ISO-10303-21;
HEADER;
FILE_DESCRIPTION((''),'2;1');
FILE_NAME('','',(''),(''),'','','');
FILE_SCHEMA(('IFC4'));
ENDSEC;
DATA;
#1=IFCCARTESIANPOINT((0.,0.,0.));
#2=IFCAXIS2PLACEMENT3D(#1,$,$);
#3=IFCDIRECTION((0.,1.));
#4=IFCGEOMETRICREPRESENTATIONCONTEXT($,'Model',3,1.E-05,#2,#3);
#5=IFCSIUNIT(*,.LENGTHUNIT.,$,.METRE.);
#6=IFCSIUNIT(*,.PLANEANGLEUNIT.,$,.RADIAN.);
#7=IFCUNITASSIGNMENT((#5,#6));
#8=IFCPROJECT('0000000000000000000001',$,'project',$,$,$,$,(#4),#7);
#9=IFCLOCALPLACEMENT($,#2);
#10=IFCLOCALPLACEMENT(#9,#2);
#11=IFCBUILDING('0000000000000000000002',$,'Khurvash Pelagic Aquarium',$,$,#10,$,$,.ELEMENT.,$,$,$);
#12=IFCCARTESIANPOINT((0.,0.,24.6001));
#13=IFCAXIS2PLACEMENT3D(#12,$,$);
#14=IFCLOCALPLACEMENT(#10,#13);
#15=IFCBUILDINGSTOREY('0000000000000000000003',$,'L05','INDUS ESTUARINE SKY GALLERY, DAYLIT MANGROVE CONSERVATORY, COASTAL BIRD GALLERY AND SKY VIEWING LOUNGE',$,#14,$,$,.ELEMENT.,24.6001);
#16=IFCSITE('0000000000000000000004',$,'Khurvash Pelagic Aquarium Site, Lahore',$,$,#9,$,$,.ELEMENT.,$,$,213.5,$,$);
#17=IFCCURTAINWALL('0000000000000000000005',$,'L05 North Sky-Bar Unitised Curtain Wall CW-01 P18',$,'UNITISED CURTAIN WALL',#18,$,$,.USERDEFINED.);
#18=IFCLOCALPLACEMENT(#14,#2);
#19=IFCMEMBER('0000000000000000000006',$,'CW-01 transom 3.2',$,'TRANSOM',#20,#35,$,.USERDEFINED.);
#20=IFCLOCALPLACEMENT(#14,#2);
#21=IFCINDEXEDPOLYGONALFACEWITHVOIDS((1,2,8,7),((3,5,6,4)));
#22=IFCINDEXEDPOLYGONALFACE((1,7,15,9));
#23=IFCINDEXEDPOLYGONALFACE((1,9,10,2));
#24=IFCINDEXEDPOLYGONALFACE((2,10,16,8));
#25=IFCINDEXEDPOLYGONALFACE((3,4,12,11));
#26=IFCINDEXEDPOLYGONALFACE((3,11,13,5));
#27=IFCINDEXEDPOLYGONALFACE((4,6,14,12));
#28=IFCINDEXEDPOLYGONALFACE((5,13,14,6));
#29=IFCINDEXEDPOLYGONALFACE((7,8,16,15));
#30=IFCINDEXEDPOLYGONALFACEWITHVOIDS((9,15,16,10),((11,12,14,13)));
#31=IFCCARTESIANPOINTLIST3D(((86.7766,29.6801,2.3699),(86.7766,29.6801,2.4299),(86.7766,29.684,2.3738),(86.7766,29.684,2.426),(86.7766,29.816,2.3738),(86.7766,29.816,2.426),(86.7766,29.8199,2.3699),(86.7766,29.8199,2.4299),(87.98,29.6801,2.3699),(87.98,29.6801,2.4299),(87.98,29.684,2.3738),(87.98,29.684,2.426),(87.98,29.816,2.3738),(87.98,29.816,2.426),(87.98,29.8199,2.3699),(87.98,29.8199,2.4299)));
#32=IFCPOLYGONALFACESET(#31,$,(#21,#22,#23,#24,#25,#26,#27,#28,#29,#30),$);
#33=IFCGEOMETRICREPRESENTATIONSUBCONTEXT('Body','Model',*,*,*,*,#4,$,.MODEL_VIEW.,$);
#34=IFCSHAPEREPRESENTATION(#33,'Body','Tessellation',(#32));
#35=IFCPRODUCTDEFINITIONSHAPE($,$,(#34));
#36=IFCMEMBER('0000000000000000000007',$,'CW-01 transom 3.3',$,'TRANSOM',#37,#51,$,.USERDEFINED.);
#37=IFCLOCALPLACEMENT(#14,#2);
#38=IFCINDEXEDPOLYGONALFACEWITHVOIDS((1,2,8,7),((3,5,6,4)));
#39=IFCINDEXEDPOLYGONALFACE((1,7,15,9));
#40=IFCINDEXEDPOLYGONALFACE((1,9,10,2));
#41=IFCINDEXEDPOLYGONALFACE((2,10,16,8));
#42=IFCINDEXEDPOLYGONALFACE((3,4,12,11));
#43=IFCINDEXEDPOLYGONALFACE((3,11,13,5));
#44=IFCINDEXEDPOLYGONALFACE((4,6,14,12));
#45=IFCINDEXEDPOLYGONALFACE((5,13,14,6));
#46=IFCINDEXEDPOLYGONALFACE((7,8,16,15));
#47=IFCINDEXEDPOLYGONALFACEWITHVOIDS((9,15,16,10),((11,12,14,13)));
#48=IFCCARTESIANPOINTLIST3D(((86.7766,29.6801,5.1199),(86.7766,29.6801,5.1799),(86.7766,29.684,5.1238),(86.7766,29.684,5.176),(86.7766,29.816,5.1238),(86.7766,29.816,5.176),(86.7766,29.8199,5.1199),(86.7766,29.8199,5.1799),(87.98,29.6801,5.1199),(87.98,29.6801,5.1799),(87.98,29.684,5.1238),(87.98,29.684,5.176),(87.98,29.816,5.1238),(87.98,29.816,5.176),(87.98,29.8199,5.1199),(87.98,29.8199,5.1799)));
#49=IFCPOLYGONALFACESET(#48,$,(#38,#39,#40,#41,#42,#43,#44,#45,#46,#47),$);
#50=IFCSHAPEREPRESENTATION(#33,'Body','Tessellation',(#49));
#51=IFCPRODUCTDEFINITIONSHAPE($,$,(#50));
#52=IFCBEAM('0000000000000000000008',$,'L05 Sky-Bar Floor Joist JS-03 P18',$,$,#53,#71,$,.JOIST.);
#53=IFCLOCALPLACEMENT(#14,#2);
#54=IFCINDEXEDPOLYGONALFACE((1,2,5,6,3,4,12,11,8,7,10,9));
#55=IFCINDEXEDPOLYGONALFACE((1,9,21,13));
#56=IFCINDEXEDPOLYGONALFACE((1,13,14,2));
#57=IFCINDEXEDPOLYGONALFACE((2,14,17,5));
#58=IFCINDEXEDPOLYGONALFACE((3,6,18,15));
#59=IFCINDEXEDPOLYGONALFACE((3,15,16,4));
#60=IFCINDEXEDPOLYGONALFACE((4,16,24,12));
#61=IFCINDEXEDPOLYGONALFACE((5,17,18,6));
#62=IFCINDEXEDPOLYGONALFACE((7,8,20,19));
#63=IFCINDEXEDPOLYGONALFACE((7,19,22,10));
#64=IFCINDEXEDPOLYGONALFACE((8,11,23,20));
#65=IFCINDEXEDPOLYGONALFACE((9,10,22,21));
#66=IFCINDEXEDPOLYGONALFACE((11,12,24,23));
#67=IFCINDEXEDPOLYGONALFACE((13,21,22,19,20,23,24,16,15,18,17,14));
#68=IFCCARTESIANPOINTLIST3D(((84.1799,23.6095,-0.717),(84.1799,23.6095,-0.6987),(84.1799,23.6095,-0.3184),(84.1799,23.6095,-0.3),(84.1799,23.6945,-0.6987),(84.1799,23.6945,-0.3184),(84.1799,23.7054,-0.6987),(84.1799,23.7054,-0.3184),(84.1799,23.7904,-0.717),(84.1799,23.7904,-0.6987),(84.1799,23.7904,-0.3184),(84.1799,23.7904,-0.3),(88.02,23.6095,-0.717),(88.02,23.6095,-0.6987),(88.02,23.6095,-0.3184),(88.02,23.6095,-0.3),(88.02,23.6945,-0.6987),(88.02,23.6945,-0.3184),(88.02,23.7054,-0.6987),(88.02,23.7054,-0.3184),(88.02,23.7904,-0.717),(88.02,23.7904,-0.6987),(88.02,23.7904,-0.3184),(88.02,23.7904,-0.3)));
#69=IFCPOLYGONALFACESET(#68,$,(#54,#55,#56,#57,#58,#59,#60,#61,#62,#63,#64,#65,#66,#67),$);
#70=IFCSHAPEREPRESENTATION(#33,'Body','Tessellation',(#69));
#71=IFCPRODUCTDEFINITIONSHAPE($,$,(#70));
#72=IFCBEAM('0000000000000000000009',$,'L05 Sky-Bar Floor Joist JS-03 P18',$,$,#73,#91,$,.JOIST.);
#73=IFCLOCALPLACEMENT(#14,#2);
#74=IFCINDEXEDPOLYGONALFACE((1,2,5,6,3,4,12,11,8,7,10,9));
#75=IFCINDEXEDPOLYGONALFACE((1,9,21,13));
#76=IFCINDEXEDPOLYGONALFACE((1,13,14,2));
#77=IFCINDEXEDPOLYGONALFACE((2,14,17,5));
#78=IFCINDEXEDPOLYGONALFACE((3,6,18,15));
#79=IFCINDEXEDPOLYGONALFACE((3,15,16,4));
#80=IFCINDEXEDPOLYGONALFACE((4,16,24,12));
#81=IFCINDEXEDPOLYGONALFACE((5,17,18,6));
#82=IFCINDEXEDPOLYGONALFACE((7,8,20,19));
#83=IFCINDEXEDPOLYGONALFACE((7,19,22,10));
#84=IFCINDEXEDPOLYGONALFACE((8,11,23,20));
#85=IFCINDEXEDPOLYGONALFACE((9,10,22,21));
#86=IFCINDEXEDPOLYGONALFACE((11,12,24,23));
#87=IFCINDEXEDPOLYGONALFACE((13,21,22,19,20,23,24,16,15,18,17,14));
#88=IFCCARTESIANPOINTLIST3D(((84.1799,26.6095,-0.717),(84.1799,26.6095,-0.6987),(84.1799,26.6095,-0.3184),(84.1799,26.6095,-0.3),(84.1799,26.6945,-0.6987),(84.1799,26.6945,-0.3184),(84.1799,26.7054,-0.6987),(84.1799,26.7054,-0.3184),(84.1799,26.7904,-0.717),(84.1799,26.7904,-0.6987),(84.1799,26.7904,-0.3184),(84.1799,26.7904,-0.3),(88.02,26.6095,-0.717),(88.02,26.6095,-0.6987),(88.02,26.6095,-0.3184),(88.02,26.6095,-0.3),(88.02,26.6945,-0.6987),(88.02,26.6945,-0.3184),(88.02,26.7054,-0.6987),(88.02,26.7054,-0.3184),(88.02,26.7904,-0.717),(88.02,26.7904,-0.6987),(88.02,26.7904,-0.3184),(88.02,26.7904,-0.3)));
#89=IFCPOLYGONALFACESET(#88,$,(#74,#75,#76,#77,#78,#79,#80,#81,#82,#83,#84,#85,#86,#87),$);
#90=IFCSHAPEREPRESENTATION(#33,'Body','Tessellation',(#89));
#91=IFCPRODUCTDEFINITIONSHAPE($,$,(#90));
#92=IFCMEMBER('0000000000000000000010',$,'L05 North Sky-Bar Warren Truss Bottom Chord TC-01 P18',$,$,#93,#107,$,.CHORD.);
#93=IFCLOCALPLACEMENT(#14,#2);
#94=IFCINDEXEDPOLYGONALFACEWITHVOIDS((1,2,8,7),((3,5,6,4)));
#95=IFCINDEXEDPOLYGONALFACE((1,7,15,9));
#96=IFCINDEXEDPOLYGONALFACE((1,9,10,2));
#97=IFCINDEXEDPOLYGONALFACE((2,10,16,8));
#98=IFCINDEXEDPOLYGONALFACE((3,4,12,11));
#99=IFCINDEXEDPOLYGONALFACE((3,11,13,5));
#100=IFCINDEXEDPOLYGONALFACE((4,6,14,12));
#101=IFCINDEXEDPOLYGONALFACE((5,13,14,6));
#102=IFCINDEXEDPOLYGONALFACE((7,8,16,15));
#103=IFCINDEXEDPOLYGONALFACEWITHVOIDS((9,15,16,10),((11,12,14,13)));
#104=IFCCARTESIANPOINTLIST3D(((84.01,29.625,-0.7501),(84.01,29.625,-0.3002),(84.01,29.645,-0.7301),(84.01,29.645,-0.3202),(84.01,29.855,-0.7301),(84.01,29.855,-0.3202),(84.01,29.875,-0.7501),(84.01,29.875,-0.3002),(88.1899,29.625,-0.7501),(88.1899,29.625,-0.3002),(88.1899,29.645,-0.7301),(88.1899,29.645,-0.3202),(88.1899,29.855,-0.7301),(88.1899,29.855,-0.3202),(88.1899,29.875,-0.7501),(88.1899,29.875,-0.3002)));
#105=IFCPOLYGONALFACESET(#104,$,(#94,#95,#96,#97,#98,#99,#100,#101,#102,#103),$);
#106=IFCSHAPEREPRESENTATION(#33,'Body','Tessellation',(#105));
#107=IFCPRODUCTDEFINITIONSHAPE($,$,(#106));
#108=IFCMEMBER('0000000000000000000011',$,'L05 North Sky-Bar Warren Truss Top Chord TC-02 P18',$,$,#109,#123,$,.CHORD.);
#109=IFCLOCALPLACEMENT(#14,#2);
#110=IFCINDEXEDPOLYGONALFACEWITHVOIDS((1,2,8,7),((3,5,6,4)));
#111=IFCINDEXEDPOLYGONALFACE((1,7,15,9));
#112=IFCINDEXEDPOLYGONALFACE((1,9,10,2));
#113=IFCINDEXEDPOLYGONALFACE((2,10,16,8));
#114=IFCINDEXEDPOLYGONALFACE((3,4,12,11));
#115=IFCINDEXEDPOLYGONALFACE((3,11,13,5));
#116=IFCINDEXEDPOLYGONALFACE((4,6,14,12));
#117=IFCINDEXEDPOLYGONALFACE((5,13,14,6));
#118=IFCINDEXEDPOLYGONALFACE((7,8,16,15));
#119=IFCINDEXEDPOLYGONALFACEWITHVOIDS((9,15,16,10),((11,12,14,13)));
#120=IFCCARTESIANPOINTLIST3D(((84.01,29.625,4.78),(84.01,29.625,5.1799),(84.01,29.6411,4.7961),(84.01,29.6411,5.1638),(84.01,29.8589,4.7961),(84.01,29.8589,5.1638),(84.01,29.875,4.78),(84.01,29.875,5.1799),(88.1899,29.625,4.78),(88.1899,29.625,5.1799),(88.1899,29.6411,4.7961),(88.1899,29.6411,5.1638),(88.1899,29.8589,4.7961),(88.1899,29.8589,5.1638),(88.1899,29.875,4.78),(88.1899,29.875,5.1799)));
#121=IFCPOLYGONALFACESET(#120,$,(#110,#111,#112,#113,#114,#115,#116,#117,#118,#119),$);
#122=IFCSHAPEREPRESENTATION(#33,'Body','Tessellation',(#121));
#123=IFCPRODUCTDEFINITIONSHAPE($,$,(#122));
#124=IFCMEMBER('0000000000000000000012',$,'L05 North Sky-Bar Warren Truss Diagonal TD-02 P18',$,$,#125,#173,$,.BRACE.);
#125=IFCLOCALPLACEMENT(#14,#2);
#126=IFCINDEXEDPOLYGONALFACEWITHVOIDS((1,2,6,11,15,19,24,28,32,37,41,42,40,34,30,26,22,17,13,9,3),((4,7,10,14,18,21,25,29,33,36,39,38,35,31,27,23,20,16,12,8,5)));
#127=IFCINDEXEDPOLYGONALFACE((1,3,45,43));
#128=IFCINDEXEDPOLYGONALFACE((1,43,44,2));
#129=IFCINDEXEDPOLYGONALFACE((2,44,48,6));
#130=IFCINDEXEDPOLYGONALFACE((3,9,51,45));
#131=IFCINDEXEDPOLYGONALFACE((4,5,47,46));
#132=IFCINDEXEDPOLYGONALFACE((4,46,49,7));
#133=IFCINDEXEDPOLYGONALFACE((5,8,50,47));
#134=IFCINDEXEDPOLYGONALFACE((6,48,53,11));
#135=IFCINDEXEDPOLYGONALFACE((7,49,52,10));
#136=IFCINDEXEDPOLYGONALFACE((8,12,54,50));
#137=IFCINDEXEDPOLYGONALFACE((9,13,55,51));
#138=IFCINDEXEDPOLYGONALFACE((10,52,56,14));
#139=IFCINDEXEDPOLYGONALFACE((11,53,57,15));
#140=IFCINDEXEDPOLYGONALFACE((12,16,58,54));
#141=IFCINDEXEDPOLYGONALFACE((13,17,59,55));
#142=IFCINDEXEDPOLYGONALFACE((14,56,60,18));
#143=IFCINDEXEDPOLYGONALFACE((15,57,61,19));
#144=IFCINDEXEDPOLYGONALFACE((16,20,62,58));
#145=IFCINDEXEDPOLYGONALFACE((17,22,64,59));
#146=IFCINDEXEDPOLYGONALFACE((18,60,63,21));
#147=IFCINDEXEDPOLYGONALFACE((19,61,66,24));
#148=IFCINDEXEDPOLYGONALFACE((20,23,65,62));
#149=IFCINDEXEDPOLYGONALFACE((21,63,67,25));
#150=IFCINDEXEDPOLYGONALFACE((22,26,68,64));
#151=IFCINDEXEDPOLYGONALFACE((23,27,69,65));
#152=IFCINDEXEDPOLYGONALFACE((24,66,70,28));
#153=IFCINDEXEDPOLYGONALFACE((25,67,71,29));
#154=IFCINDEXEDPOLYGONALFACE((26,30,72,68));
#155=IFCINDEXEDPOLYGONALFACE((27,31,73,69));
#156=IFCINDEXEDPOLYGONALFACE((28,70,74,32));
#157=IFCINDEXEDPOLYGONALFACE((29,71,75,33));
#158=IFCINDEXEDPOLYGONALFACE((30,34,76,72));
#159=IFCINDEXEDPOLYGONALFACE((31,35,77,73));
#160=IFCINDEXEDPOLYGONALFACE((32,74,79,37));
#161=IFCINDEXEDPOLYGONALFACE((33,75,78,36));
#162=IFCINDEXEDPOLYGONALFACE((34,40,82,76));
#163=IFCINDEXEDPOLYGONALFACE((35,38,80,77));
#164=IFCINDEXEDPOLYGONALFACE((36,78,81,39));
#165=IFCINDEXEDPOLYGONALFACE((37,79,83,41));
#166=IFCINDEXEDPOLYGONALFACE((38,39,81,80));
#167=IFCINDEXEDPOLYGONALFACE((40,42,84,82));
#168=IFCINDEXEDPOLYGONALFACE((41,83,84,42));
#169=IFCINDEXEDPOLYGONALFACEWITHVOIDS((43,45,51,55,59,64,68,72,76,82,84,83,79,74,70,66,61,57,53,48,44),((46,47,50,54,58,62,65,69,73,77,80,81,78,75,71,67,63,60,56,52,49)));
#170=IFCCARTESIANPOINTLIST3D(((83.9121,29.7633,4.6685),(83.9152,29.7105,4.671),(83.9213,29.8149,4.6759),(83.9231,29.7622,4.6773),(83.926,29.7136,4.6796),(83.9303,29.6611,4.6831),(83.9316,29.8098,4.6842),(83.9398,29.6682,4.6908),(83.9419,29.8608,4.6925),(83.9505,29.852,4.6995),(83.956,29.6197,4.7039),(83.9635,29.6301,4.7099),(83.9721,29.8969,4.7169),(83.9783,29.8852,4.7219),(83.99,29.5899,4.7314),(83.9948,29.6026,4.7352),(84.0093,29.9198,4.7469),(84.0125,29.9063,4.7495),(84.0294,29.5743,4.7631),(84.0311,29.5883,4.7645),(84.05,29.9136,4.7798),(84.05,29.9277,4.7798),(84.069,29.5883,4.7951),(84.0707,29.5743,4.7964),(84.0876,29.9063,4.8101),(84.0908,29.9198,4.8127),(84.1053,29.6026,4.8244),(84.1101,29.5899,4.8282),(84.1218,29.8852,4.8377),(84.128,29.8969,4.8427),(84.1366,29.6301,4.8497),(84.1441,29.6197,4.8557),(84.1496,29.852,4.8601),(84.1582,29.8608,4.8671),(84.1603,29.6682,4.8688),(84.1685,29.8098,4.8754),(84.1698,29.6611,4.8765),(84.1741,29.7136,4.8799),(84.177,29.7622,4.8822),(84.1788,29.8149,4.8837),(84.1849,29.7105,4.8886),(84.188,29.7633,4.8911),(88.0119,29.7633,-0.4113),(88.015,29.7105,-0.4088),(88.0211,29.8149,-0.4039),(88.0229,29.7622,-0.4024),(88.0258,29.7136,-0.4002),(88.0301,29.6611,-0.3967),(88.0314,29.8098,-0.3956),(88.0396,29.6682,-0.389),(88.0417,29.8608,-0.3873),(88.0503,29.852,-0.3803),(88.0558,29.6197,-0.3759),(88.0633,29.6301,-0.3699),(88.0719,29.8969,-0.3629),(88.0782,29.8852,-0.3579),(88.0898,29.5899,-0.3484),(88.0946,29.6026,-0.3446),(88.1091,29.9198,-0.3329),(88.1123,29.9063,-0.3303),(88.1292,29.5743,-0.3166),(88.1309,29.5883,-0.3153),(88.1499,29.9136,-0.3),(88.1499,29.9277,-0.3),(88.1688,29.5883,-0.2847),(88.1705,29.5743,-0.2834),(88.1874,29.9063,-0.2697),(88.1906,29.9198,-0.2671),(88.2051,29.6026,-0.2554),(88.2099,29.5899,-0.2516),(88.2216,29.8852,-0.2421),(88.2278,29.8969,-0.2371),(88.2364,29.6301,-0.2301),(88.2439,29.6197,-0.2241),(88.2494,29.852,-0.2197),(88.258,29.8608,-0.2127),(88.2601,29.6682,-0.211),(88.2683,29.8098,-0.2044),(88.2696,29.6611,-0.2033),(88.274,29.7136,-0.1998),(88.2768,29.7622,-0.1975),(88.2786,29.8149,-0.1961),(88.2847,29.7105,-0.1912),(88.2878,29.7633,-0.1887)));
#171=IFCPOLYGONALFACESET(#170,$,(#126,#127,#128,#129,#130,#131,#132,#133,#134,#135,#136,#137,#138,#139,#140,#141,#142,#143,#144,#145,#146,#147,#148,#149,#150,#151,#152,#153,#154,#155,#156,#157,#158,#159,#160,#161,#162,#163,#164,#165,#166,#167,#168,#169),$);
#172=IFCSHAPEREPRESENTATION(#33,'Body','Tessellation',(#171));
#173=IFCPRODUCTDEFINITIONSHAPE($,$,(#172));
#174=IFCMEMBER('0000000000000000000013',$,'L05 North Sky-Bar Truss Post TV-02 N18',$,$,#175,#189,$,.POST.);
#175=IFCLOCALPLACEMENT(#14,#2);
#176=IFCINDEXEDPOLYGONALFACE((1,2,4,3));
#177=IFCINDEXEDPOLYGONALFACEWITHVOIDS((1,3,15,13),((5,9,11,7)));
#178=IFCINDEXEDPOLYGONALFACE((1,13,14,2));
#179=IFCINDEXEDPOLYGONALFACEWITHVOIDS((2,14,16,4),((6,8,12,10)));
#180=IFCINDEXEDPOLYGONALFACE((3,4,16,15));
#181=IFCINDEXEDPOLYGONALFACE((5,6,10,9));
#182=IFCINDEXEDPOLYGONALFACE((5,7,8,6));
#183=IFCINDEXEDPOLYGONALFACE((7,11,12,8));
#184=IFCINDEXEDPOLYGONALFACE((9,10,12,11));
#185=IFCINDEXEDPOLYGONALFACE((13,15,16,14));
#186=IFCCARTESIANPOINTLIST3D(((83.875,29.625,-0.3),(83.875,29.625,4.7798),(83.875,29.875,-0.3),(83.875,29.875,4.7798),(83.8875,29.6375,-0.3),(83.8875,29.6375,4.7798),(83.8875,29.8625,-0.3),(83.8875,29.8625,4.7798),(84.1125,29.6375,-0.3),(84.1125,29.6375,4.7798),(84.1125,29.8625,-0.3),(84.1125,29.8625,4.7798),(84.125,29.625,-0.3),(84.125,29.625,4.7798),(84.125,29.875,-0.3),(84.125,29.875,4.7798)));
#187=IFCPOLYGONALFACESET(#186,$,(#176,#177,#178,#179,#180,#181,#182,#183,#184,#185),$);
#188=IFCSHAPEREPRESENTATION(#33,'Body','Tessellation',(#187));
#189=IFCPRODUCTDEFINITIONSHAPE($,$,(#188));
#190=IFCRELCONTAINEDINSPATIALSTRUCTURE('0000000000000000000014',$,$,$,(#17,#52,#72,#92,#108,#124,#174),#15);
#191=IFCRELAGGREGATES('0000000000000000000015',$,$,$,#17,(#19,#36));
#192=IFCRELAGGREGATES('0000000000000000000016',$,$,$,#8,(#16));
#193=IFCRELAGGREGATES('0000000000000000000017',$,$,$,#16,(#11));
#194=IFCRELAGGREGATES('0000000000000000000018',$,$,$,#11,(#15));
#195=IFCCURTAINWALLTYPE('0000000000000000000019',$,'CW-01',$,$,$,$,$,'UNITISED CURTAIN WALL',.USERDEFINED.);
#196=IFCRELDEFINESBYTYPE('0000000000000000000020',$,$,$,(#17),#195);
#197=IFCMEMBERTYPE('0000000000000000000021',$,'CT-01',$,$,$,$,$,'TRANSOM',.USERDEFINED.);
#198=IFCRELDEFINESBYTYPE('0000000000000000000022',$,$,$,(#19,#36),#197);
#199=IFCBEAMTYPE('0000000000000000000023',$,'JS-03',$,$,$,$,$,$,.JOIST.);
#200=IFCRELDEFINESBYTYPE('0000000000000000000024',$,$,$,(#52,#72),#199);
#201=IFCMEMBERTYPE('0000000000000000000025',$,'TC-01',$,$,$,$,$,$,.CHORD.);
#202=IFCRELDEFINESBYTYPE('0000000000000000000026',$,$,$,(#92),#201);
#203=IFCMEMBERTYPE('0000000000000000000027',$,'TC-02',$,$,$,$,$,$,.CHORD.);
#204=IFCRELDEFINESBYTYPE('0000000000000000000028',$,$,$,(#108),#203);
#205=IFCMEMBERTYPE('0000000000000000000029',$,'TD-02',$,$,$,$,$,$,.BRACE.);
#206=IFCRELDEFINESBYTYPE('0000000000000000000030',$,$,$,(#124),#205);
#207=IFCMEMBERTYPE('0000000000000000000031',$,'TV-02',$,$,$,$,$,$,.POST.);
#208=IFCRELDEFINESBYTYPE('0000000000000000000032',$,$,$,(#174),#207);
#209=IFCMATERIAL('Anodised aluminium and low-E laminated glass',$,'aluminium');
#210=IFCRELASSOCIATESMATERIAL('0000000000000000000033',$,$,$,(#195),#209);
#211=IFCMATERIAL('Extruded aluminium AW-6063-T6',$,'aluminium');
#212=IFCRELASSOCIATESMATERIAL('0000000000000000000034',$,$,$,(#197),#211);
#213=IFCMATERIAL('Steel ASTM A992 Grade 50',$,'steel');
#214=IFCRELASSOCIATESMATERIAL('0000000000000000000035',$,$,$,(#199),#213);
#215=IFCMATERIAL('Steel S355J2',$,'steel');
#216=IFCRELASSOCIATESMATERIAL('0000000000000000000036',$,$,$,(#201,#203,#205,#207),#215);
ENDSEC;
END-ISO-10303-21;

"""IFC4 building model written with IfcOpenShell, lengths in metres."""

from ifc_helpers import new_model, si_unit, direction, frame, origin, origin_2d, place, context, subcontext, project, spatial, hollow_rectangle, hollow_circle, i_section, extrude, material, material_profile, profile_set, type_object, element, aggregate, save


model = new_model("IFC4")

# Units and contexts
model_context = context("Model", 3, precision=1e-05, world=origin(), true_north=direction((0.0, 1.0)))
body_context = subcontext(model_context, "Body", "Model", "MODEL_VIEW")
ifc_project = project(units=[si_unit("LENGTHUNIT", "METRE"), si_unit("PLANEANGLEUNIT", "RADIAN")], contexts=[model_context])

# Site, building, storey
site_placement = place(None, origin())
site = spatial("IfcSite", under=ifc_project, at=site_placement, Name="Khurvash Pelagic Aquarium Site, Lahore", CompositionType="ELEMENT", RefElevation=213.5)
building_placement = place(site_placement, origin())
building = spatial("IfcBuilding", under=site, at=building_placement, Name="Khurvash Pelagic Aquarium", CompositionType="ELEMENT")
storey_placement = place(building_placement, frame((0.0, 0.0, 24.6001)))
storey = spatial("IfcBuildingStorey", under=building, at=storey_placement, Name="L05", Description="INDUS ESTUARINE SKY GALLERY, DAYLIT MANGROVE CONSERVATORY, COASTAL BIRD GALLERY AND SKY VIEWING LOUNGE", CompositionType="ELEMENT", Elevation=24.6001)

# Shared definitions
ifc_material_1 = material(Name="Anodised aluminium and low-E laminated glass", Category="aluminium")
curtain_wall_type = type_object("IfcCurtainWallType", Name="CW-01", ElementType="UNITISED CURTAIN WALL", PredefinedType="USERDEFINED", material=ifc_material_1)
ifc_material_2 = material(Name="Extruded aluminium AW-6063-T6", Category="aluminium")

# Curtain wall, members
curtain_wall_1_placement = place(storey_placement, origin())
curtain_wall_1 = element("IfcCurtainWall", 1, at=curtain_wall_1_placement, inside=storey, type_object=curtain_wall_type, Name="L05 North Sky-Bar Unitised Curtain Wall CW-01 P18", ObjectType="UNITISED CURTAIN WALL", PredefinedType="USERDEFINED")
ifc_material_profile_1 = material_profile(ifc_material_2, hollow_rectangle(XDim=0.1399, YDim=0.0601, WallThickness=0.0039, at=origin_2d()), Name="CWT140X60X4")
ifc_profile_set_1 = profile_set([ifc_material_profile_1], Name="Extruded aluminium AW-6063-T6")
member_type_1 = type_object("IfcMemberType", Name="CT-01", ElementType="TRANSOM", PredefinedType="USERDEFINED", material=ifc_profile_set_1)
member_1_placement = place(storey_placement, frame((86.7766, 29.75, 2.3999), z_axis=(1.0, 0.0, 0.0), x_axis=(0.0, 1.0, 0.0)))
member_1 = element("IfcMember", 2, at=member_1_placement, type_object=member_type_1, Name="CW-01 transom 3.2", ObjectType="TRANSOM", PredefinedType="USERDEFINED", context=body_context, shape_type="SweptSolid", body=[
    extrude(hollow_rectangle(XDim=0.1399, YDim=0.0601, WallThickness=0.0039, at=origin_2d()), origin(), (0.0, 0.0, 1.0), 1.2034),
])
member_2_placement = place(storey_placement, frame((86.7766, 29.75, 5.1499), z_axis=(1.0, 0.0, 0.0), x_axis=(0.0, 1.0, 0.0)))
member_2 = element("IfcMember", 3, at=member_2_placement, type_object=member_type_1, Name="CW-01 transom 3.3", ObjectType="TRANSOM", PredefinedType="USERDEFINED", context=body_context, shape_type="SweptSolid", body=[
    extrude(hollow_rectangle(XDim=0.1399, YDim=0.0601, WallThickness=0.0039, at=origin_2d()), origin(), (0.0, 0.0, 1.0), 1.2034),
])

# Beams
ifc_material_3 = material(Name="Steel ASTM A992 Grade 50", Category="steel")
ifc_material_profile_2 = material_profile(ifc_material_3, i_section(OverallWidth=0.1809, OverallDepth=0.417, WebThickness=0.011, FlangeThickness=0.0183, at=origin_2d()), Name="W16X57")
ifc_profile_set_2 = profile_set([ifc_material_profile_2], Name="Steel ASTM A992 Grade 50")
beam_type = type_object("IfcBeamType", Name="JS-03", PredefinedType="JOIST", material=ifc_profile_set_2)
for number, where, z_axis, x_axis, name in (
    (4, (84.1799, 23.7, -0.5085), (1.0, 0.0, 0.0), (0.0, 1.0, 0.0), "L05 Sky-Bar Floor Joist JS-03 P18"),
    (5, (84.1799, 26.7, -0.5085), (1.0, 0.0, 0.0), (0.0, 1.0, 0.0), "L05 Sky-Bar Floor Joist JS-03 P18"),
):
    element("IfcBeam", number, at=place(storey_placement, frame(where, z_axis=z_axis, x_axis=x_axis)), inside=storey, type_object=beam_type, Name=name, PredefinedType="JOIST", context=body_context, shape_type="SweptSolid", body=[
        extrude(i_section(OverallWidth=0.1809, OverallDepth=0.417, WebThickness=0.011, FlangeThickness=0.0183, at=origin_2d()), origin(), (0.0, 0.0, 1.0), 3.8401),
    ])

# Members
ifc_material_4 = material(Name="Steel S355J2", Category="steel")
ifc_material_profile_3 = material_profile(ifc_material_4, hollow_rectangle(XDim=0.25, YDim=0.45, WallThickness=0.02, at=origin_2d()), Name="RHS450X250X20")
ifc_profile_set_3 = profile_set([ifc_material_profile_3], Name="Steel S355J2")
member_type_2 = type_object("IfcMemberType", Name="TC-01", PredefinedType="CHORD", material=ifc_profile_set_3)
member_3_placement = place(storey_placement, frame((84.01, 29.75, -0.5251), z_axis=(1.0, 0.0, 0.0), x_axis=(0.0, 1.0, 0.0)))
element("IfcMember", 6, at=member_3_placement, inside=storey, type_object=member_type_2, Name="L05 North Sky-Bar Warren Truss Bottom Chord TC-01 P18", PredefinedType="CHORD", context=body_context, shape_type="SweptSolid", body=[
    extrude(hollow_rectangle(XDim=0.25, YDim=0.45, WallThickness=0.02, at=origin_2d()), origin(), (0.0, 0.0, 1.0), 4.1799),
])
ifc_material_profile_4 = material_profile(ifc_material_4, hollow_rectangle(XDim=0.25, YDim=0.3999, WallThickness=0.0161, at=origin_2d()), Name="RHS400X250X16")
ifc_profile_set_4 = profile_set([ifc_material_profile_4], Name="Steel S355J2")
member_type_3 = type_object("IfcMemberType", Name="TC-02", PredefinedType="CHORD", material=ifc_profile_set_4)
member_4_placement = place(storey_placement, frame((84.01, 29.75, 4.98), z_axis=(1.0, 0.0, 0.0), x_axis=(0.0, 1.0, 0.0)))
element("IfcMember", 7, at=member_4_placement, inside=storey, type_object=member_type_3, Name="L05 North Sky-Bar Warren Truss Top Chord TC-02 P18", PredefinedType="CHORD", context=body_context, shape_type="SweptSolid", body=[
    extrude(hollow_rectangle(XDim=0.25, YDim=0.3999, WallThickness=0.0161, at=origin_2d()), origin(), (0.0, 0.0, 1.0), 4.1799),
])
ifc_material_profile_5 = material_profile(ifc_material_4, hollow_circle(Radius=0.1777, WallThickness=0.0142, at=origin_2d()), Name="CHS355X14")
ifc_profile_set_5 = profile_set([ifc_material_profile_5], Name="Steel S355J2")
member_type_4 = type_object("IfcMemberType", Name="TD-02", PredefinedType="BRACE", material=ifc_profile_set_5)
member_5_placement = place(storey_placement, frame((84.05, 29.75, 4.7798), z_axis=(0.628051, 0.0, -0.778172), x_axis=(0.0, 1.0, 0.0)))
element("IfcMember", 8, at=member_5_placement, inside=storey, type_object=member_type_4, Name="L05 North Sky-Bar Warren Truss Diagonal TD-02 P18", PredefinedType="BRACE", context=body_context, shape_type="SweptSolid", body=[
    extrude(hollow_circle(Radius=0.1777, WallThickness=0.0142, at=origin_2d()), origin(), (0.0, 0.0, 1.0), 6.5278),
])
ifc_material_profile_6 = material_profile(ifc_material_4, hollow_rectangle(XDim=0.25, YDim=0.25, WallThickness=0.0125, at=origin_2d()), Name="SHS250X250X12")
ifc_profile_set_6 = profile_set([ifc_material_profile_6], Name="Steel S355J2")
member_type_5 = type_object("IfcMemberType", Name="TV-02", PredefinedType="POST", material=ifc_profile_set_6)
member_6_placement = place(storey_placement, frame((84.0, 29.75, -0.3), z_axis=(0.0, 0.0, 1.0), x_axis=(1.0, 0.0, 0.0)))
element("IfcMember", 9, at=member_6_placement, inside=storey, type_object=member_type_5, Name="L05 North Sky-Bar Truss Post TV-02 N18", PredefinedType="POST", context=body_context, shape_type="SweptSolid", body=[
    extrude(hollow_rectangle(XDim=0.25, YDim=0.25, WallThickness=0.0125, at=origin_2d()), origin(), (0.0, 0.0, 1.0), 5.0798),
])

aggregate(curtain_wall_1, [member_1, member_2])

save(model, "model.ifc")
